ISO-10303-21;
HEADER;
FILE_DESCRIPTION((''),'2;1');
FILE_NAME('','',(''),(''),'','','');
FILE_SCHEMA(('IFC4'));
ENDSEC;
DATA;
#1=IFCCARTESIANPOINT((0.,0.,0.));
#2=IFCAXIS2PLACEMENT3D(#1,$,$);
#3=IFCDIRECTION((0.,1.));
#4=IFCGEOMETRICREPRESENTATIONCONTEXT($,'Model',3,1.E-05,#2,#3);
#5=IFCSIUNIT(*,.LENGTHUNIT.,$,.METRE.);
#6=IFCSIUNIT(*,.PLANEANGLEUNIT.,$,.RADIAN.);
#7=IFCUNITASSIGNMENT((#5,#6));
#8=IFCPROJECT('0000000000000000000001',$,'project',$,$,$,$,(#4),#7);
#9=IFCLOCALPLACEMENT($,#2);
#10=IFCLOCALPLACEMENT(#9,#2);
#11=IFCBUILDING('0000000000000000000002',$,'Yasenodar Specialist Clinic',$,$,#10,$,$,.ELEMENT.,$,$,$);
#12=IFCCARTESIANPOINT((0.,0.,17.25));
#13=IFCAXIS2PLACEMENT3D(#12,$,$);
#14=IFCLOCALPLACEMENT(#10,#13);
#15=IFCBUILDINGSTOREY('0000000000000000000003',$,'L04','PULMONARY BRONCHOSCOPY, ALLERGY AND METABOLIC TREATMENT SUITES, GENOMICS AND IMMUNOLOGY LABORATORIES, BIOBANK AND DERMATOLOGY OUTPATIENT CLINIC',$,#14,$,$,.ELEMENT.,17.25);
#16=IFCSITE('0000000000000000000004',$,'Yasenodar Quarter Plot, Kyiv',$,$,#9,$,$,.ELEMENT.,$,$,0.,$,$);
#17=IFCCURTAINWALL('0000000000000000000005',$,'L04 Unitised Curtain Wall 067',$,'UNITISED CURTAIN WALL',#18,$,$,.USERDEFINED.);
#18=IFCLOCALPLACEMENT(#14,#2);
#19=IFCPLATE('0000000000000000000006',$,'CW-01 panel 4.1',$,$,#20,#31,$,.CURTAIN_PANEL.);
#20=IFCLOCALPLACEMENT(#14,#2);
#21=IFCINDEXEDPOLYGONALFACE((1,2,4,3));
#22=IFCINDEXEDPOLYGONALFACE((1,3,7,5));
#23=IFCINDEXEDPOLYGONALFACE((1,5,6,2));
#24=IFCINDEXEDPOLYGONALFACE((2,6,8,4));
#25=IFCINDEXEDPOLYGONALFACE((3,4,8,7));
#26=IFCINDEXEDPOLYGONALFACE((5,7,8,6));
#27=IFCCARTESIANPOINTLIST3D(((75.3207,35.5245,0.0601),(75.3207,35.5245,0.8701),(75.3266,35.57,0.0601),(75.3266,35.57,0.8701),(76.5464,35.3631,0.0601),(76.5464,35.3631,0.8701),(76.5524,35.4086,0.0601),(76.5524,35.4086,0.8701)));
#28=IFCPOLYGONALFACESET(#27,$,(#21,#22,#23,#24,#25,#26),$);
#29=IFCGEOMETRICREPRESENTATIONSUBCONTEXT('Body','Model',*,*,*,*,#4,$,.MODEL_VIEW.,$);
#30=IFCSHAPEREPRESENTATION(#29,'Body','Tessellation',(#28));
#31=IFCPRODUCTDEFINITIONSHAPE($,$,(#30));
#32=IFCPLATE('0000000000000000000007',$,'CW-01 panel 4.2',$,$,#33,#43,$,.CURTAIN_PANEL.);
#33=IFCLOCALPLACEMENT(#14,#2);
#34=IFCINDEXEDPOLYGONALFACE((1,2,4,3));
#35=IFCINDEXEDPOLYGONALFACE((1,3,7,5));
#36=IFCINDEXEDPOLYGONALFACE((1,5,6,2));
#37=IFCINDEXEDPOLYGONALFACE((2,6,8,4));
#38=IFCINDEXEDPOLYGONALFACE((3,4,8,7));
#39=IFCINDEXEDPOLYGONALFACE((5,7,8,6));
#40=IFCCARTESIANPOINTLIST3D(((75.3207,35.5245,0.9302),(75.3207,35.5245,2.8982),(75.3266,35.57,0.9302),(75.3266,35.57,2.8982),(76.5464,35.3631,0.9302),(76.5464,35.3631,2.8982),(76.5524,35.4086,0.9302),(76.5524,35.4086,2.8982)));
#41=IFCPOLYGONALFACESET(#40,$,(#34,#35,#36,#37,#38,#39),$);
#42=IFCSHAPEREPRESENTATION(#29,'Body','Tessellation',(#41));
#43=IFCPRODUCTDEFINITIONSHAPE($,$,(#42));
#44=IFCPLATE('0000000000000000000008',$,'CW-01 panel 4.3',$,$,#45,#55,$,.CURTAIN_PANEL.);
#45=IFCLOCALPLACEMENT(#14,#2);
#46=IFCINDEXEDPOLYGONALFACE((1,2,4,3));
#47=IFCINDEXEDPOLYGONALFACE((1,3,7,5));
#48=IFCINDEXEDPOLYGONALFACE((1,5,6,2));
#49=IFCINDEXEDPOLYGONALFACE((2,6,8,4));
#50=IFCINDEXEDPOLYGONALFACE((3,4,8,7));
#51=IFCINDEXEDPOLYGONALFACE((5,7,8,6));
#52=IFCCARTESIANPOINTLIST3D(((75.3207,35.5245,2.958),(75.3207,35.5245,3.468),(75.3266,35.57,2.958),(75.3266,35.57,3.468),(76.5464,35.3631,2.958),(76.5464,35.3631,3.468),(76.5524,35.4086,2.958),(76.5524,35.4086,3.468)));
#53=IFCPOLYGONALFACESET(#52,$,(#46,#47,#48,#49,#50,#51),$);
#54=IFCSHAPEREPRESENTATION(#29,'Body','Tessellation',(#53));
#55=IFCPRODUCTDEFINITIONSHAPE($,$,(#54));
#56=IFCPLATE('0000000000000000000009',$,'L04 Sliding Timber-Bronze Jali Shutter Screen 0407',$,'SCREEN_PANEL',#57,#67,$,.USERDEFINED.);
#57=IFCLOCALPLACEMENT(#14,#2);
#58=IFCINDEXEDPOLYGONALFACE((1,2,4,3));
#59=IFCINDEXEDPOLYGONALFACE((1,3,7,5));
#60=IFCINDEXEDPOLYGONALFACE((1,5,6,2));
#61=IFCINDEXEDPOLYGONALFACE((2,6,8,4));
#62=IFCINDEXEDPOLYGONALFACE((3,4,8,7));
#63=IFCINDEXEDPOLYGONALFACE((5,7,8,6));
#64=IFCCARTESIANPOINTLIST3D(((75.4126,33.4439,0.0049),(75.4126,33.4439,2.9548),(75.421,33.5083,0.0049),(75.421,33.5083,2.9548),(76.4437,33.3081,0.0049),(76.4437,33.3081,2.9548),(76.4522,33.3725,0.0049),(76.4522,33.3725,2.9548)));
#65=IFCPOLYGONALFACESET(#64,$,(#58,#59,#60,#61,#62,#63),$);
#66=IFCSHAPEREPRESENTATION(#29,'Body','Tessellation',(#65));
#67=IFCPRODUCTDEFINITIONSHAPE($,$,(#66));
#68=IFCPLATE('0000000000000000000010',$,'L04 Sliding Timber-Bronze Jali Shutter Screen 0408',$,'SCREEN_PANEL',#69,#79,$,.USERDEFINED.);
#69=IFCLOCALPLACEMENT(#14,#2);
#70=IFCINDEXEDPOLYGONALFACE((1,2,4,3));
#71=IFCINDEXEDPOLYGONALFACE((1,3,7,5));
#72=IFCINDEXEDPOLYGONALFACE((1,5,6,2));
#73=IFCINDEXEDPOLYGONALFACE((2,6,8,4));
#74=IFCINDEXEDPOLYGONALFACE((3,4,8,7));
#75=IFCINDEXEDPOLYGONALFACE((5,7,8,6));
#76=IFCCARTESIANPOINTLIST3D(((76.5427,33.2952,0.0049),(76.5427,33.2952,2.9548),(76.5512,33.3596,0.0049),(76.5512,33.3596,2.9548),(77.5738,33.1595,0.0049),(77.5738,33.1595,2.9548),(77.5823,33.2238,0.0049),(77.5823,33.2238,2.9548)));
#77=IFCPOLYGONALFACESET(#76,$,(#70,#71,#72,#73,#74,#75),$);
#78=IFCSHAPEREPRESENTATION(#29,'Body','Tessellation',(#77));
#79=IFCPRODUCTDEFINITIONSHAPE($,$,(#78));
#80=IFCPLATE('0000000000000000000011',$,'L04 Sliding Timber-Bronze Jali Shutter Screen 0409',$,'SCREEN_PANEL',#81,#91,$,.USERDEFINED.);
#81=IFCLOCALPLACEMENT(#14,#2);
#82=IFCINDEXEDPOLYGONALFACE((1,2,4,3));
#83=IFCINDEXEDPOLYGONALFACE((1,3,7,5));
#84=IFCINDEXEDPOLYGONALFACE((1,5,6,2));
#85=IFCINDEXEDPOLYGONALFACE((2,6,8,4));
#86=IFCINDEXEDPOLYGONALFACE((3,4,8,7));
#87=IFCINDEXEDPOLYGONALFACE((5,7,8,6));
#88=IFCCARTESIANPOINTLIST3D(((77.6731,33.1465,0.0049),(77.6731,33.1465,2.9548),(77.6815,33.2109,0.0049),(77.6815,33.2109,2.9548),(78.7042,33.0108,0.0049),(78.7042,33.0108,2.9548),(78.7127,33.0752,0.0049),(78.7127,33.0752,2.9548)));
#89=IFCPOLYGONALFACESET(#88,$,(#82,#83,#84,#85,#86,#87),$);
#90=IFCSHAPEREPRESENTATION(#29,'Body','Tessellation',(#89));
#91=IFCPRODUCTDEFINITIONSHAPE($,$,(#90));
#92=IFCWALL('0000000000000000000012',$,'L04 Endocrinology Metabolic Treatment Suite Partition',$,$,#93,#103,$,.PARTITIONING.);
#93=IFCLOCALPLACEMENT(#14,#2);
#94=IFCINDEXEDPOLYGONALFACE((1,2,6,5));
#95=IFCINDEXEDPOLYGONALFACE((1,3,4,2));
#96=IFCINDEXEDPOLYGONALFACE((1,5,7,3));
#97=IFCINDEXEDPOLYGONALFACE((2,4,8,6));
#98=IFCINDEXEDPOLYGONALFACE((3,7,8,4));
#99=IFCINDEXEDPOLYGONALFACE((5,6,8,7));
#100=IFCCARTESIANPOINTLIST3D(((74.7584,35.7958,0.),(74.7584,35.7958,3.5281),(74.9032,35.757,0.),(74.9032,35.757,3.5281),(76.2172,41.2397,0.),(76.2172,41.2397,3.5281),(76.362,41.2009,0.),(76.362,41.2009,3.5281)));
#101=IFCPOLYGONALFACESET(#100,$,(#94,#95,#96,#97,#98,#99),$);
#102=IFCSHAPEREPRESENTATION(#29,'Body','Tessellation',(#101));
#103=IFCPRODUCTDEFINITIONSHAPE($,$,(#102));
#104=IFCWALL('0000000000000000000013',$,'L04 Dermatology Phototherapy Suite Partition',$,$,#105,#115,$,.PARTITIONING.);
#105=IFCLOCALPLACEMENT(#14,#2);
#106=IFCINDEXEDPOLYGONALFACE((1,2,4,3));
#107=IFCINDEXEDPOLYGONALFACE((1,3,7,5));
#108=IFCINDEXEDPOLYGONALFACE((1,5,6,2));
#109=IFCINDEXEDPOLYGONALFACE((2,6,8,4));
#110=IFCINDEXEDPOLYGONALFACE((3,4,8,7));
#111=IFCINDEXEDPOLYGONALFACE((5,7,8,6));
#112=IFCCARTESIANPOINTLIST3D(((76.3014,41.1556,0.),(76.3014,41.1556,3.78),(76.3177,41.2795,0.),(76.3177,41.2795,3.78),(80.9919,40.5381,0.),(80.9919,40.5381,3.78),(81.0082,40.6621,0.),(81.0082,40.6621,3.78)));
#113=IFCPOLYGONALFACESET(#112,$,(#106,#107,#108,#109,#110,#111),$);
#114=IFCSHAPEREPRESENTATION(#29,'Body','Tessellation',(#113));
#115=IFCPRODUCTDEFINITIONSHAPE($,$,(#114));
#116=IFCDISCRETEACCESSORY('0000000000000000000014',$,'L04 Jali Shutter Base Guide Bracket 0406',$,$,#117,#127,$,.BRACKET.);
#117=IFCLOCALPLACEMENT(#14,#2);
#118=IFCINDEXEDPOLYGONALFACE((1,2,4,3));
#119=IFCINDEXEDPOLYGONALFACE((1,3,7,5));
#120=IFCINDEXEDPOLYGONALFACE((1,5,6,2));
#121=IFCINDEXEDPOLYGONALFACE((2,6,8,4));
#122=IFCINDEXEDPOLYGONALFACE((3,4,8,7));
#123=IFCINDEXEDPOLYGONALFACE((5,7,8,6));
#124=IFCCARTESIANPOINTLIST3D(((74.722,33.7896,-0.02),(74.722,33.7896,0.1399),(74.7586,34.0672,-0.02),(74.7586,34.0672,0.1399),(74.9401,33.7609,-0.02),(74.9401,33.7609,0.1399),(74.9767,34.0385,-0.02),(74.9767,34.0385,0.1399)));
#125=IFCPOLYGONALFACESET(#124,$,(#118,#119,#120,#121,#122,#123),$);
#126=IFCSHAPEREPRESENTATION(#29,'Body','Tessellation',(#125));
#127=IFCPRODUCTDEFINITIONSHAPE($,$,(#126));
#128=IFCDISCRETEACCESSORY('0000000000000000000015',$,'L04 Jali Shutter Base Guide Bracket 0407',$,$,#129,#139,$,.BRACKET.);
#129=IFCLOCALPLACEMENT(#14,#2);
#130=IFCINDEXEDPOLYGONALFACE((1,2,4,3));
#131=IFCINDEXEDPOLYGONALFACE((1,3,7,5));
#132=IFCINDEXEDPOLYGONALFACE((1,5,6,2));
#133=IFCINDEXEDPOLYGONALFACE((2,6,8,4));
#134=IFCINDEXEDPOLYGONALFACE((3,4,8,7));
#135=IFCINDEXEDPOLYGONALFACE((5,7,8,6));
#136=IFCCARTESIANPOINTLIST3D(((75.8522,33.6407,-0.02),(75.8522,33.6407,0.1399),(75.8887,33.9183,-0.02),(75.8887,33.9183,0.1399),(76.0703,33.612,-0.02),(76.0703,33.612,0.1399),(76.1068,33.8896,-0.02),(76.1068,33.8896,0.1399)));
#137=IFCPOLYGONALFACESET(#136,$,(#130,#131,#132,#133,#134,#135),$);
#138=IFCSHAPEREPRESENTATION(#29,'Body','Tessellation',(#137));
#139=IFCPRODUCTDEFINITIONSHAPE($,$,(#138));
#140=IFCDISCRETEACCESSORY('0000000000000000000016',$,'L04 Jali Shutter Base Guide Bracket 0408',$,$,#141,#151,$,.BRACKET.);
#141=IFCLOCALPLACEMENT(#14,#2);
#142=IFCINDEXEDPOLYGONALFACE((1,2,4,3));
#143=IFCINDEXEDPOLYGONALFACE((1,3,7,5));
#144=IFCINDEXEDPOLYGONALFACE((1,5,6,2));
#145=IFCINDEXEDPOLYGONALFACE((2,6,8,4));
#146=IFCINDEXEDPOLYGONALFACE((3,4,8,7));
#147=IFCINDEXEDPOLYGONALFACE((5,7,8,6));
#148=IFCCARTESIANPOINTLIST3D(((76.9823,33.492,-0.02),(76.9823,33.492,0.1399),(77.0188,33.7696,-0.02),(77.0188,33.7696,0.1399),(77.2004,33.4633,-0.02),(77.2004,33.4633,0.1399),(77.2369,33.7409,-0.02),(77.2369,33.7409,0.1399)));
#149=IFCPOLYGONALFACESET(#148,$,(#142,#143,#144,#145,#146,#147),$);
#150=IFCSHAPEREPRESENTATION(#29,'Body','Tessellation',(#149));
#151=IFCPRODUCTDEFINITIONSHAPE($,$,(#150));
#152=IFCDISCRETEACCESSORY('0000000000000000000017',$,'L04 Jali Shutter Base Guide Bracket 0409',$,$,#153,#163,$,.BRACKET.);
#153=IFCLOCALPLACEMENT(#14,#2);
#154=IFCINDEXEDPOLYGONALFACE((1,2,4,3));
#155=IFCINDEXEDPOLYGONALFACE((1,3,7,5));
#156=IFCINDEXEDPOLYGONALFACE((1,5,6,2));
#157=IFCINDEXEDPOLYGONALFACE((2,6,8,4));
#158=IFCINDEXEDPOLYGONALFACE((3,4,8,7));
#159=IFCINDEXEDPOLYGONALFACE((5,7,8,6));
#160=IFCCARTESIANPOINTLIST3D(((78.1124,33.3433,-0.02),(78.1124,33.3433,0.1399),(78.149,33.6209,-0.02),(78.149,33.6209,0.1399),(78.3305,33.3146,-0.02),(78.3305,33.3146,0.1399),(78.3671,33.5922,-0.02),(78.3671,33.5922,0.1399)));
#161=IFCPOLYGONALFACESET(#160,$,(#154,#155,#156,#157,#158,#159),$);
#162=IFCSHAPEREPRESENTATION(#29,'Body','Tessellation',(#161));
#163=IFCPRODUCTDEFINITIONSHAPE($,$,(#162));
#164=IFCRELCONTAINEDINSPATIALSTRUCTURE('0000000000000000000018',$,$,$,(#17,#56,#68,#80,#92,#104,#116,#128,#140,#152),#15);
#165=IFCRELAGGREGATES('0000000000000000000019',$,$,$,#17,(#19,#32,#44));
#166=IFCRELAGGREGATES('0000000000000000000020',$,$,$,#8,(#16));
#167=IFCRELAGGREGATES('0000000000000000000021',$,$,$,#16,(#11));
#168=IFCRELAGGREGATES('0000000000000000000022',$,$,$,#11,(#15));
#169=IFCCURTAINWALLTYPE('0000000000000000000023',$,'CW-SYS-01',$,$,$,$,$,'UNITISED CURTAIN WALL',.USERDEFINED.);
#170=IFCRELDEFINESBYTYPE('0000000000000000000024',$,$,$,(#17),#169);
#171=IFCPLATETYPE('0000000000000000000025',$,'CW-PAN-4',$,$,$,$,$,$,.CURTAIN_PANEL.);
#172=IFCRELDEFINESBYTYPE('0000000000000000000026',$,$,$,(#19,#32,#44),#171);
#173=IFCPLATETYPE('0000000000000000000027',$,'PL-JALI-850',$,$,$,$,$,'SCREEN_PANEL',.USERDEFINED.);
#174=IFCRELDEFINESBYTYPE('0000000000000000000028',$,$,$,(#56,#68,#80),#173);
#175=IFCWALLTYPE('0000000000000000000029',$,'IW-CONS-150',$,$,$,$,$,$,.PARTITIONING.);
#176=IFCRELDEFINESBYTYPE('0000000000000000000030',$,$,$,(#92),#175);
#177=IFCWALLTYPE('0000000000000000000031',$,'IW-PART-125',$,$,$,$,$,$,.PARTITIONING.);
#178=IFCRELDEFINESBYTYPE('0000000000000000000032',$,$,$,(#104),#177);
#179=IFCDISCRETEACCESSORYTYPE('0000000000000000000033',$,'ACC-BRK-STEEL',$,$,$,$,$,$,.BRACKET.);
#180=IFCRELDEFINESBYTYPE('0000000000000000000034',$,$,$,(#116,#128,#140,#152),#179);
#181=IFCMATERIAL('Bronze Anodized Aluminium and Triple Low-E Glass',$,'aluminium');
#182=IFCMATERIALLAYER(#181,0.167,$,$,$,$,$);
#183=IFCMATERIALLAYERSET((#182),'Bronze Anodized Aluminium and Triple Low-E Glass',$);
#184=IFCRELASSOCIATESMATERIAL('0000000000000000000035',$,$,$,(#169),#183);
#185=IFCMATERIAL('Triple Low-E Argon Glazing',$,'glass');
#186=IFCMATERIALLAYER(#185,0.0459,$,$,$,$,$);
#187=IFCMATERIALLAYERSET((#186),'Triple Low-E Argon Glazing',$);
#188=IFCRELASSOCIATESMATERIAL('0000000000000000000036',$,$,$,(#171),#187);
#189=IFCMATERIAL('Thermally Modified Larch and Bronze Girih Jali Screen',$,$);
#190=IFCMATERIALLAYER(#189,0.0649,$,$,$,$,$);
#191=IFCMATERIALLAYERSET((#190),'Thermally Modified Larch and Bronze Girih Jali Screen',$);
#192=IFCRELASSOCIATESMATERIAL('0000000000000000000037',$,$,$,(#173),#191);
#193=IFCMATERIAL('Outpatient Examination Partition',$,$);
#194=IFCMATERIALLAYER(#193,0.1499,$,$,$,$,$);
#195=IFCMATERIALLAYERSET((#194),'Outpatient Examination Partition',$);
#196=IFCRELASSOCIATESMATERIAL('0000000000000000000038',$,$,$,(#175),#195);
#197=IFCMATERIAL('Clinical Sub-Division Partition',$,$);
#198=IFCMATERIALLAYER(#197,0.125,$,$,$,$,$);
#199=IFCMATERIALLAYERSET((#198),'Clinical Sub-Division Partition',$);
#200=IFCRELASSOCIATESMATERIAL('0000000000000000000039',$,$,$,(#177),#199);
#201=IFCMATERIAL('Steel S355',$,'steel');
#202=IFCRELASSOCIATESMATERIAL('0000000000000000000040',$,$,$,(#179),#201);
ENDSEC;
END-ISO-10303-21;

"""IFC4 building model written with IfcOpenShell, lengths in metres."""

from ifc_helpers import new_model, si_unit, direction, frame, frame_2d, origin, origin_2d, place, context, subcontext, project, spatial, rectangle, extrude, material, layer, layer_set, type_object, element, aggregate, save


model = new_model("IFC4")

# Units and contexts
model_context = context("Model", 3, precision=1e-05, world=origin(), true_north=direction((0.0, 1.0)))
body_context = subcontext(model_context, "Body", "Model", "MODEL_VIEW")
ifc_project = project(units=[si_unit("LENGTHUNIT", "METRE"), si_unit("PLANEANGLEUNIT", "RADIAN")], contexts=[model_context])

# Site, building, storey
site_placement = place(None, origin())
site = spatial("IfcSite", under=ifc_project, at=site_placement, Name="Yasenodar Quarter Plot, Kyiv", CompositionType="ELEMENT", RefElevation=0.0)
building_placement = place(site_placement, origin())
building = spatial("IfcBuilding", under=site, at=building_placement, Name="Yasenodar Specialist Clinic", CompositionType="ELEMENT")
storey_placement = place(building_placement, frame((0.0, 0.0, 17.25)))
storey = spatial("IfcBuildingStorey", under=building, at=storey_placement, Name="L04", Description="PULMONARY BRONCHOSCOPY, ALLERGY AND METABOLIC TREATMENT SUITES, GENOMICS AND IMMUNOLOGY LABORATORIES, BIOBANK AND DERMATOLOGY OUTPATIENT CLINIC", CompositionType="ELEMENT", Elevation=17.25)

# Curtain wall, plates
ifc_material_1 = material(Name="Bronze Anodized Aluminium and Triple Low-E Glass", Category="aluminium")
ifc_layer_1 = layer(ifc_material_1, 0.167)
ifc_layer_set_1 = layer_set([ifc_layer_1], Name="Bronze Anodized Aluminium and Triple Low-E Glass")
curtain_wall_type = type_object("IfcCurtainWallType", Name="CW-SYS-01", ElementType="UNITISED CURTAIN WALL", PredefinedType="USERDEFINED", material=ifc_layer_set_1)
curtain_wall_placement = place(storey_placement, origin())
curtain_wall = element("IfcCurtainWall", 1, at=curtain_wall_placement, inside=storey, type_object=curtain_wall_type, Name="L04 Unitised Curtain Wall 067", ObjectType="UNITISED CURTAIN WALL", PredefinedType="USERDEFINED")
ifc_material_2 = material(Name="Triple Low-E Argon Glazing", Category="glass")
ifc_layer_2 = layer(ifc_material_2, 0.0459)
ifc_layer_set_2 = layer_set([ifc_layer_2], Name="Triple Low-E Argon Glazing")
plate_type_1 = type_object("IfcPlateType", Name="CW-PAN-4", PredefinedType="CURTAIN_PANEL", material=ifc_layer_set_2)
plate_1_placement = place(storey_placement, frame((75.9365, 35.4666, 0.0601), z_axis=(0.0, 0.0, 1.0), x_axis=(-0.991447, 0.130512, 0.0)))
plate_1 = element("IfcPlate", 2, at=plate_1_placement, type_object=plate_type_1, Name="CW-01 panel 4.1", PredefinedType="CURTAIN_PANEL", context=body_context, shape_type="SweptSolid", body=[
    extrude(rectangle(XDim=1.2363, YDim=0.0459, at=origin_2d()), origin(), (0.0, 0.0, 1.0), 0.8101),
])
plate_2_placement = place(storey_placement, frame((75.9365, 35.4666, 0.9302), z_axis=(0.0, 0.0, 1.0), x_axis=(-0.991447, 0.130512, 0.0)))
plate_2 = element("IfcPlate", 3, at=plate_2_placement, type_object=plate_type_1, Name="CW-01 panel 4.2", PredefinedType="CURTAIN_PANEL", context=body_context, shape_type="SweptSolid", body=[
    extrude(rectangle(XDim=1.2363, YDim=0.0459, at=origin_2d()), origin(), (0.0, 0.0, 1.0), 1.968),
])
plate_3_placement = place(storey_placement, frame((75.9365, 35.4666, 2.958), z_axis=(0.0, 0.0, 1.0), x_axis=(-0.991447, 0.130512, 0.0)))
plate_3 = element("IfcPlate", 4, at=plate_3_placement, type_object=plate_type_1, Name="CW-01 panel 4.3", PredefinedType="CURTAIN_PANEL", context=body_context, shape_type="SweptSolid", body=[
    extrude(rectangle(XDim=1.2363, YDim=0.0459, at=origin_2d()), origin(), (0.0, 0.0, 1.0), 0.51),
])
aggregate(curtain_wall, [plate_1, plate_2, plate_3])

# Plates
ifc_material_3 = material(Name="Thermally Modified Larch and Bronze Girih Jali Screen")
ifc_layer_3 = layer(ifc_material_3, 0.0649)
ifc_layer_set_3 = layer_set([ifc_layer_3], Name="Thermally Modified Larch and Bronze Girih Jali Screen")
plate_type_2 = type_object("IfcPlateType", Name="PL-JALI-850", ElementType="SCREEN_PANEL", PredefinedType="USERDEFINED", material=ifc_layer_set_3)
for number, where, z_axis, x_axis, name in (
    (5, (75.9324, 33.4082, 0.0049), (0.0, 0.0, 1.0), (0.991446, -0.130519, 0.0), "L04 Sliding Timber-Bronze Jali Shutter Screen 0407"),
    (6, (77.0625, 33.2595, 0.0049), (0.0, 0.0, 1.0), (0.991446, -0.130519, 0.0), "L04 Sliding Timber-Bronze Jali Shutter Screen 0408"),
    (7, (78.1929, 33.1108, 0.0049), (0.0, 0.0, 1.0), (0.991446, -0.130519, 0.0), "L04 Sliding Timber-Bronze Jali Shutter Screen 0409"),
):
    element("IfcPlate", number, at=place(storey_placement, frame(where, z_axis=z_axis, x_axis=x_axis)), inside=storey, type_object=plate_type_2, Name=name, ObjectType="SCREEN_PANEL", PredefinedType="USERDEFINED", context=body_context, shape_type="SweptSolid", body=[
        extrude(rectangle(XDim=1.04, YDim=0.0649, at=origin_2d()), origin(), (0.0, 0.0, 1.0), 2.95),
    ])

# Walls
ifc_material_4 = material(Name="Outpatient Examination Partition")
ifc_layer_4 = layer(ifc_material_4, 0.1499)
ifc_layer_set_4 = layer_set([ifc_layer_4], Name="Outpatient Examination Partition")
wall_type_1 = type_object("IfcWallType", Name="IW-CONS-150", PredefinedType="PARTITIONING", material=ifc_layer_set_4)
wall_1_placement = place(storey_placement, frame((76.2896, 41.2202, 0.0), z_axis=(0.0, 0.0, 1.0), x_axis=(-0.25883, -0.965923, 0.0)))
element("IfcWall", 8, at=wall_1_placement, inside=storey, type_object=wall_type_1, Name="L04 Endocrinology Metabolic Treatment Suite Partition", PredefinedType="PARTITIONING", context=body_context, shape_type="SweptSolid", body=[
    extrude(rectangle(XDim=5.636, YDim=0.1499, at=frame_2d((2.8179, 0.0))), origin(), (0.0, 0.0, 1.0), 3.5281),
])
ifc_material_5 = material(Name="Clinical Sub-Division Partition")
ifc_layer_5 = layer(ifc_material_5, 0.125)
ifc_layer_set_5 = layer_set([ifc_layer_5], Name="Clinical Sub-Division Partition")
wall_type_2 = type_object("IfcWallType", Name="IW-PART-125", PredefinedType="PARTITIONING", material=ifc_layer_set_5)
wall_2_placement = place(storey_placement, frame((76.3096, 41.2175, 0.0), z_axis=(0.0, 0.0, 1.0), x_axis=(0.991447, -0.130511, 0.0)))
element("IfcWall", 9, at=wall_2_placement, inside=storey, type_object=wall_type_2, Name="L04 Dermatology Phototherapy Suite Partition", PredefinedType="PARTITIONING", context=body_context, shape_type="SweptSolid", body=[
    extrude(rectangle(XDim=4.731, YDim=0.125, at=frame_2d((2.3655, 0.0))), origin(), (0.0, 0.0, 1.0), 3.78),
])

# Discrete accessories
ifc_material_6 = material(Name="Steel S355", Category="steel")
discrete_accessory_type = type_object("IfcDiscreteAccessoryType", Name="ACC-BRK-STEEL", PredefinedType="BRACKET", material=ifc_material_6)
for number, where, z_axis, x_axis, name in (
    (10, (74.8494, 33.9141, -0.02), (0.0, 0.0, 1.0), (0.991446, -0.130519, 0.0), "L04 Jali Shutter Base Guide Bracket 0406"),
    (11, (75.9795, 33.7651, -0.02), (0.0, 0.0, 1.0), (0.991446, -0.130519, 0.0), "L04 Jali Shutter Base Guide Bracket 0407"),
    (12, (77.1096, 33.6165, -0.02), (0.0, 0.0, 1.0), (0.991446, -0.130519, 0.0), "L04 Jali Shutter Base Guide Bracket 0408"),
    (13, (78.2397, 33.4678, -0.02), (0.0, 0.0, 1.0), (0.991446, -0.130519, 0.0), "L04 Jali Shutter Base Guide Bracket 0409"),
):
    element("IfcDiscreteAccessory", number, at=place(storey_placement, frame(where, z_axis=z_axis, x_axis=x_axis)), inside=storey, type_object=discrete_accessory_type, Name=name, PredefinedType="BRACKET", context=body_context, shape_type="SweptSolid", body=[
        extrude(rectangle(XDim=0.22, YDim=0.28, at=origin_2d()), origin(), (0.0, 0.0, 1.0), 0.1599),
    ])

save(model, "model.ifc")
